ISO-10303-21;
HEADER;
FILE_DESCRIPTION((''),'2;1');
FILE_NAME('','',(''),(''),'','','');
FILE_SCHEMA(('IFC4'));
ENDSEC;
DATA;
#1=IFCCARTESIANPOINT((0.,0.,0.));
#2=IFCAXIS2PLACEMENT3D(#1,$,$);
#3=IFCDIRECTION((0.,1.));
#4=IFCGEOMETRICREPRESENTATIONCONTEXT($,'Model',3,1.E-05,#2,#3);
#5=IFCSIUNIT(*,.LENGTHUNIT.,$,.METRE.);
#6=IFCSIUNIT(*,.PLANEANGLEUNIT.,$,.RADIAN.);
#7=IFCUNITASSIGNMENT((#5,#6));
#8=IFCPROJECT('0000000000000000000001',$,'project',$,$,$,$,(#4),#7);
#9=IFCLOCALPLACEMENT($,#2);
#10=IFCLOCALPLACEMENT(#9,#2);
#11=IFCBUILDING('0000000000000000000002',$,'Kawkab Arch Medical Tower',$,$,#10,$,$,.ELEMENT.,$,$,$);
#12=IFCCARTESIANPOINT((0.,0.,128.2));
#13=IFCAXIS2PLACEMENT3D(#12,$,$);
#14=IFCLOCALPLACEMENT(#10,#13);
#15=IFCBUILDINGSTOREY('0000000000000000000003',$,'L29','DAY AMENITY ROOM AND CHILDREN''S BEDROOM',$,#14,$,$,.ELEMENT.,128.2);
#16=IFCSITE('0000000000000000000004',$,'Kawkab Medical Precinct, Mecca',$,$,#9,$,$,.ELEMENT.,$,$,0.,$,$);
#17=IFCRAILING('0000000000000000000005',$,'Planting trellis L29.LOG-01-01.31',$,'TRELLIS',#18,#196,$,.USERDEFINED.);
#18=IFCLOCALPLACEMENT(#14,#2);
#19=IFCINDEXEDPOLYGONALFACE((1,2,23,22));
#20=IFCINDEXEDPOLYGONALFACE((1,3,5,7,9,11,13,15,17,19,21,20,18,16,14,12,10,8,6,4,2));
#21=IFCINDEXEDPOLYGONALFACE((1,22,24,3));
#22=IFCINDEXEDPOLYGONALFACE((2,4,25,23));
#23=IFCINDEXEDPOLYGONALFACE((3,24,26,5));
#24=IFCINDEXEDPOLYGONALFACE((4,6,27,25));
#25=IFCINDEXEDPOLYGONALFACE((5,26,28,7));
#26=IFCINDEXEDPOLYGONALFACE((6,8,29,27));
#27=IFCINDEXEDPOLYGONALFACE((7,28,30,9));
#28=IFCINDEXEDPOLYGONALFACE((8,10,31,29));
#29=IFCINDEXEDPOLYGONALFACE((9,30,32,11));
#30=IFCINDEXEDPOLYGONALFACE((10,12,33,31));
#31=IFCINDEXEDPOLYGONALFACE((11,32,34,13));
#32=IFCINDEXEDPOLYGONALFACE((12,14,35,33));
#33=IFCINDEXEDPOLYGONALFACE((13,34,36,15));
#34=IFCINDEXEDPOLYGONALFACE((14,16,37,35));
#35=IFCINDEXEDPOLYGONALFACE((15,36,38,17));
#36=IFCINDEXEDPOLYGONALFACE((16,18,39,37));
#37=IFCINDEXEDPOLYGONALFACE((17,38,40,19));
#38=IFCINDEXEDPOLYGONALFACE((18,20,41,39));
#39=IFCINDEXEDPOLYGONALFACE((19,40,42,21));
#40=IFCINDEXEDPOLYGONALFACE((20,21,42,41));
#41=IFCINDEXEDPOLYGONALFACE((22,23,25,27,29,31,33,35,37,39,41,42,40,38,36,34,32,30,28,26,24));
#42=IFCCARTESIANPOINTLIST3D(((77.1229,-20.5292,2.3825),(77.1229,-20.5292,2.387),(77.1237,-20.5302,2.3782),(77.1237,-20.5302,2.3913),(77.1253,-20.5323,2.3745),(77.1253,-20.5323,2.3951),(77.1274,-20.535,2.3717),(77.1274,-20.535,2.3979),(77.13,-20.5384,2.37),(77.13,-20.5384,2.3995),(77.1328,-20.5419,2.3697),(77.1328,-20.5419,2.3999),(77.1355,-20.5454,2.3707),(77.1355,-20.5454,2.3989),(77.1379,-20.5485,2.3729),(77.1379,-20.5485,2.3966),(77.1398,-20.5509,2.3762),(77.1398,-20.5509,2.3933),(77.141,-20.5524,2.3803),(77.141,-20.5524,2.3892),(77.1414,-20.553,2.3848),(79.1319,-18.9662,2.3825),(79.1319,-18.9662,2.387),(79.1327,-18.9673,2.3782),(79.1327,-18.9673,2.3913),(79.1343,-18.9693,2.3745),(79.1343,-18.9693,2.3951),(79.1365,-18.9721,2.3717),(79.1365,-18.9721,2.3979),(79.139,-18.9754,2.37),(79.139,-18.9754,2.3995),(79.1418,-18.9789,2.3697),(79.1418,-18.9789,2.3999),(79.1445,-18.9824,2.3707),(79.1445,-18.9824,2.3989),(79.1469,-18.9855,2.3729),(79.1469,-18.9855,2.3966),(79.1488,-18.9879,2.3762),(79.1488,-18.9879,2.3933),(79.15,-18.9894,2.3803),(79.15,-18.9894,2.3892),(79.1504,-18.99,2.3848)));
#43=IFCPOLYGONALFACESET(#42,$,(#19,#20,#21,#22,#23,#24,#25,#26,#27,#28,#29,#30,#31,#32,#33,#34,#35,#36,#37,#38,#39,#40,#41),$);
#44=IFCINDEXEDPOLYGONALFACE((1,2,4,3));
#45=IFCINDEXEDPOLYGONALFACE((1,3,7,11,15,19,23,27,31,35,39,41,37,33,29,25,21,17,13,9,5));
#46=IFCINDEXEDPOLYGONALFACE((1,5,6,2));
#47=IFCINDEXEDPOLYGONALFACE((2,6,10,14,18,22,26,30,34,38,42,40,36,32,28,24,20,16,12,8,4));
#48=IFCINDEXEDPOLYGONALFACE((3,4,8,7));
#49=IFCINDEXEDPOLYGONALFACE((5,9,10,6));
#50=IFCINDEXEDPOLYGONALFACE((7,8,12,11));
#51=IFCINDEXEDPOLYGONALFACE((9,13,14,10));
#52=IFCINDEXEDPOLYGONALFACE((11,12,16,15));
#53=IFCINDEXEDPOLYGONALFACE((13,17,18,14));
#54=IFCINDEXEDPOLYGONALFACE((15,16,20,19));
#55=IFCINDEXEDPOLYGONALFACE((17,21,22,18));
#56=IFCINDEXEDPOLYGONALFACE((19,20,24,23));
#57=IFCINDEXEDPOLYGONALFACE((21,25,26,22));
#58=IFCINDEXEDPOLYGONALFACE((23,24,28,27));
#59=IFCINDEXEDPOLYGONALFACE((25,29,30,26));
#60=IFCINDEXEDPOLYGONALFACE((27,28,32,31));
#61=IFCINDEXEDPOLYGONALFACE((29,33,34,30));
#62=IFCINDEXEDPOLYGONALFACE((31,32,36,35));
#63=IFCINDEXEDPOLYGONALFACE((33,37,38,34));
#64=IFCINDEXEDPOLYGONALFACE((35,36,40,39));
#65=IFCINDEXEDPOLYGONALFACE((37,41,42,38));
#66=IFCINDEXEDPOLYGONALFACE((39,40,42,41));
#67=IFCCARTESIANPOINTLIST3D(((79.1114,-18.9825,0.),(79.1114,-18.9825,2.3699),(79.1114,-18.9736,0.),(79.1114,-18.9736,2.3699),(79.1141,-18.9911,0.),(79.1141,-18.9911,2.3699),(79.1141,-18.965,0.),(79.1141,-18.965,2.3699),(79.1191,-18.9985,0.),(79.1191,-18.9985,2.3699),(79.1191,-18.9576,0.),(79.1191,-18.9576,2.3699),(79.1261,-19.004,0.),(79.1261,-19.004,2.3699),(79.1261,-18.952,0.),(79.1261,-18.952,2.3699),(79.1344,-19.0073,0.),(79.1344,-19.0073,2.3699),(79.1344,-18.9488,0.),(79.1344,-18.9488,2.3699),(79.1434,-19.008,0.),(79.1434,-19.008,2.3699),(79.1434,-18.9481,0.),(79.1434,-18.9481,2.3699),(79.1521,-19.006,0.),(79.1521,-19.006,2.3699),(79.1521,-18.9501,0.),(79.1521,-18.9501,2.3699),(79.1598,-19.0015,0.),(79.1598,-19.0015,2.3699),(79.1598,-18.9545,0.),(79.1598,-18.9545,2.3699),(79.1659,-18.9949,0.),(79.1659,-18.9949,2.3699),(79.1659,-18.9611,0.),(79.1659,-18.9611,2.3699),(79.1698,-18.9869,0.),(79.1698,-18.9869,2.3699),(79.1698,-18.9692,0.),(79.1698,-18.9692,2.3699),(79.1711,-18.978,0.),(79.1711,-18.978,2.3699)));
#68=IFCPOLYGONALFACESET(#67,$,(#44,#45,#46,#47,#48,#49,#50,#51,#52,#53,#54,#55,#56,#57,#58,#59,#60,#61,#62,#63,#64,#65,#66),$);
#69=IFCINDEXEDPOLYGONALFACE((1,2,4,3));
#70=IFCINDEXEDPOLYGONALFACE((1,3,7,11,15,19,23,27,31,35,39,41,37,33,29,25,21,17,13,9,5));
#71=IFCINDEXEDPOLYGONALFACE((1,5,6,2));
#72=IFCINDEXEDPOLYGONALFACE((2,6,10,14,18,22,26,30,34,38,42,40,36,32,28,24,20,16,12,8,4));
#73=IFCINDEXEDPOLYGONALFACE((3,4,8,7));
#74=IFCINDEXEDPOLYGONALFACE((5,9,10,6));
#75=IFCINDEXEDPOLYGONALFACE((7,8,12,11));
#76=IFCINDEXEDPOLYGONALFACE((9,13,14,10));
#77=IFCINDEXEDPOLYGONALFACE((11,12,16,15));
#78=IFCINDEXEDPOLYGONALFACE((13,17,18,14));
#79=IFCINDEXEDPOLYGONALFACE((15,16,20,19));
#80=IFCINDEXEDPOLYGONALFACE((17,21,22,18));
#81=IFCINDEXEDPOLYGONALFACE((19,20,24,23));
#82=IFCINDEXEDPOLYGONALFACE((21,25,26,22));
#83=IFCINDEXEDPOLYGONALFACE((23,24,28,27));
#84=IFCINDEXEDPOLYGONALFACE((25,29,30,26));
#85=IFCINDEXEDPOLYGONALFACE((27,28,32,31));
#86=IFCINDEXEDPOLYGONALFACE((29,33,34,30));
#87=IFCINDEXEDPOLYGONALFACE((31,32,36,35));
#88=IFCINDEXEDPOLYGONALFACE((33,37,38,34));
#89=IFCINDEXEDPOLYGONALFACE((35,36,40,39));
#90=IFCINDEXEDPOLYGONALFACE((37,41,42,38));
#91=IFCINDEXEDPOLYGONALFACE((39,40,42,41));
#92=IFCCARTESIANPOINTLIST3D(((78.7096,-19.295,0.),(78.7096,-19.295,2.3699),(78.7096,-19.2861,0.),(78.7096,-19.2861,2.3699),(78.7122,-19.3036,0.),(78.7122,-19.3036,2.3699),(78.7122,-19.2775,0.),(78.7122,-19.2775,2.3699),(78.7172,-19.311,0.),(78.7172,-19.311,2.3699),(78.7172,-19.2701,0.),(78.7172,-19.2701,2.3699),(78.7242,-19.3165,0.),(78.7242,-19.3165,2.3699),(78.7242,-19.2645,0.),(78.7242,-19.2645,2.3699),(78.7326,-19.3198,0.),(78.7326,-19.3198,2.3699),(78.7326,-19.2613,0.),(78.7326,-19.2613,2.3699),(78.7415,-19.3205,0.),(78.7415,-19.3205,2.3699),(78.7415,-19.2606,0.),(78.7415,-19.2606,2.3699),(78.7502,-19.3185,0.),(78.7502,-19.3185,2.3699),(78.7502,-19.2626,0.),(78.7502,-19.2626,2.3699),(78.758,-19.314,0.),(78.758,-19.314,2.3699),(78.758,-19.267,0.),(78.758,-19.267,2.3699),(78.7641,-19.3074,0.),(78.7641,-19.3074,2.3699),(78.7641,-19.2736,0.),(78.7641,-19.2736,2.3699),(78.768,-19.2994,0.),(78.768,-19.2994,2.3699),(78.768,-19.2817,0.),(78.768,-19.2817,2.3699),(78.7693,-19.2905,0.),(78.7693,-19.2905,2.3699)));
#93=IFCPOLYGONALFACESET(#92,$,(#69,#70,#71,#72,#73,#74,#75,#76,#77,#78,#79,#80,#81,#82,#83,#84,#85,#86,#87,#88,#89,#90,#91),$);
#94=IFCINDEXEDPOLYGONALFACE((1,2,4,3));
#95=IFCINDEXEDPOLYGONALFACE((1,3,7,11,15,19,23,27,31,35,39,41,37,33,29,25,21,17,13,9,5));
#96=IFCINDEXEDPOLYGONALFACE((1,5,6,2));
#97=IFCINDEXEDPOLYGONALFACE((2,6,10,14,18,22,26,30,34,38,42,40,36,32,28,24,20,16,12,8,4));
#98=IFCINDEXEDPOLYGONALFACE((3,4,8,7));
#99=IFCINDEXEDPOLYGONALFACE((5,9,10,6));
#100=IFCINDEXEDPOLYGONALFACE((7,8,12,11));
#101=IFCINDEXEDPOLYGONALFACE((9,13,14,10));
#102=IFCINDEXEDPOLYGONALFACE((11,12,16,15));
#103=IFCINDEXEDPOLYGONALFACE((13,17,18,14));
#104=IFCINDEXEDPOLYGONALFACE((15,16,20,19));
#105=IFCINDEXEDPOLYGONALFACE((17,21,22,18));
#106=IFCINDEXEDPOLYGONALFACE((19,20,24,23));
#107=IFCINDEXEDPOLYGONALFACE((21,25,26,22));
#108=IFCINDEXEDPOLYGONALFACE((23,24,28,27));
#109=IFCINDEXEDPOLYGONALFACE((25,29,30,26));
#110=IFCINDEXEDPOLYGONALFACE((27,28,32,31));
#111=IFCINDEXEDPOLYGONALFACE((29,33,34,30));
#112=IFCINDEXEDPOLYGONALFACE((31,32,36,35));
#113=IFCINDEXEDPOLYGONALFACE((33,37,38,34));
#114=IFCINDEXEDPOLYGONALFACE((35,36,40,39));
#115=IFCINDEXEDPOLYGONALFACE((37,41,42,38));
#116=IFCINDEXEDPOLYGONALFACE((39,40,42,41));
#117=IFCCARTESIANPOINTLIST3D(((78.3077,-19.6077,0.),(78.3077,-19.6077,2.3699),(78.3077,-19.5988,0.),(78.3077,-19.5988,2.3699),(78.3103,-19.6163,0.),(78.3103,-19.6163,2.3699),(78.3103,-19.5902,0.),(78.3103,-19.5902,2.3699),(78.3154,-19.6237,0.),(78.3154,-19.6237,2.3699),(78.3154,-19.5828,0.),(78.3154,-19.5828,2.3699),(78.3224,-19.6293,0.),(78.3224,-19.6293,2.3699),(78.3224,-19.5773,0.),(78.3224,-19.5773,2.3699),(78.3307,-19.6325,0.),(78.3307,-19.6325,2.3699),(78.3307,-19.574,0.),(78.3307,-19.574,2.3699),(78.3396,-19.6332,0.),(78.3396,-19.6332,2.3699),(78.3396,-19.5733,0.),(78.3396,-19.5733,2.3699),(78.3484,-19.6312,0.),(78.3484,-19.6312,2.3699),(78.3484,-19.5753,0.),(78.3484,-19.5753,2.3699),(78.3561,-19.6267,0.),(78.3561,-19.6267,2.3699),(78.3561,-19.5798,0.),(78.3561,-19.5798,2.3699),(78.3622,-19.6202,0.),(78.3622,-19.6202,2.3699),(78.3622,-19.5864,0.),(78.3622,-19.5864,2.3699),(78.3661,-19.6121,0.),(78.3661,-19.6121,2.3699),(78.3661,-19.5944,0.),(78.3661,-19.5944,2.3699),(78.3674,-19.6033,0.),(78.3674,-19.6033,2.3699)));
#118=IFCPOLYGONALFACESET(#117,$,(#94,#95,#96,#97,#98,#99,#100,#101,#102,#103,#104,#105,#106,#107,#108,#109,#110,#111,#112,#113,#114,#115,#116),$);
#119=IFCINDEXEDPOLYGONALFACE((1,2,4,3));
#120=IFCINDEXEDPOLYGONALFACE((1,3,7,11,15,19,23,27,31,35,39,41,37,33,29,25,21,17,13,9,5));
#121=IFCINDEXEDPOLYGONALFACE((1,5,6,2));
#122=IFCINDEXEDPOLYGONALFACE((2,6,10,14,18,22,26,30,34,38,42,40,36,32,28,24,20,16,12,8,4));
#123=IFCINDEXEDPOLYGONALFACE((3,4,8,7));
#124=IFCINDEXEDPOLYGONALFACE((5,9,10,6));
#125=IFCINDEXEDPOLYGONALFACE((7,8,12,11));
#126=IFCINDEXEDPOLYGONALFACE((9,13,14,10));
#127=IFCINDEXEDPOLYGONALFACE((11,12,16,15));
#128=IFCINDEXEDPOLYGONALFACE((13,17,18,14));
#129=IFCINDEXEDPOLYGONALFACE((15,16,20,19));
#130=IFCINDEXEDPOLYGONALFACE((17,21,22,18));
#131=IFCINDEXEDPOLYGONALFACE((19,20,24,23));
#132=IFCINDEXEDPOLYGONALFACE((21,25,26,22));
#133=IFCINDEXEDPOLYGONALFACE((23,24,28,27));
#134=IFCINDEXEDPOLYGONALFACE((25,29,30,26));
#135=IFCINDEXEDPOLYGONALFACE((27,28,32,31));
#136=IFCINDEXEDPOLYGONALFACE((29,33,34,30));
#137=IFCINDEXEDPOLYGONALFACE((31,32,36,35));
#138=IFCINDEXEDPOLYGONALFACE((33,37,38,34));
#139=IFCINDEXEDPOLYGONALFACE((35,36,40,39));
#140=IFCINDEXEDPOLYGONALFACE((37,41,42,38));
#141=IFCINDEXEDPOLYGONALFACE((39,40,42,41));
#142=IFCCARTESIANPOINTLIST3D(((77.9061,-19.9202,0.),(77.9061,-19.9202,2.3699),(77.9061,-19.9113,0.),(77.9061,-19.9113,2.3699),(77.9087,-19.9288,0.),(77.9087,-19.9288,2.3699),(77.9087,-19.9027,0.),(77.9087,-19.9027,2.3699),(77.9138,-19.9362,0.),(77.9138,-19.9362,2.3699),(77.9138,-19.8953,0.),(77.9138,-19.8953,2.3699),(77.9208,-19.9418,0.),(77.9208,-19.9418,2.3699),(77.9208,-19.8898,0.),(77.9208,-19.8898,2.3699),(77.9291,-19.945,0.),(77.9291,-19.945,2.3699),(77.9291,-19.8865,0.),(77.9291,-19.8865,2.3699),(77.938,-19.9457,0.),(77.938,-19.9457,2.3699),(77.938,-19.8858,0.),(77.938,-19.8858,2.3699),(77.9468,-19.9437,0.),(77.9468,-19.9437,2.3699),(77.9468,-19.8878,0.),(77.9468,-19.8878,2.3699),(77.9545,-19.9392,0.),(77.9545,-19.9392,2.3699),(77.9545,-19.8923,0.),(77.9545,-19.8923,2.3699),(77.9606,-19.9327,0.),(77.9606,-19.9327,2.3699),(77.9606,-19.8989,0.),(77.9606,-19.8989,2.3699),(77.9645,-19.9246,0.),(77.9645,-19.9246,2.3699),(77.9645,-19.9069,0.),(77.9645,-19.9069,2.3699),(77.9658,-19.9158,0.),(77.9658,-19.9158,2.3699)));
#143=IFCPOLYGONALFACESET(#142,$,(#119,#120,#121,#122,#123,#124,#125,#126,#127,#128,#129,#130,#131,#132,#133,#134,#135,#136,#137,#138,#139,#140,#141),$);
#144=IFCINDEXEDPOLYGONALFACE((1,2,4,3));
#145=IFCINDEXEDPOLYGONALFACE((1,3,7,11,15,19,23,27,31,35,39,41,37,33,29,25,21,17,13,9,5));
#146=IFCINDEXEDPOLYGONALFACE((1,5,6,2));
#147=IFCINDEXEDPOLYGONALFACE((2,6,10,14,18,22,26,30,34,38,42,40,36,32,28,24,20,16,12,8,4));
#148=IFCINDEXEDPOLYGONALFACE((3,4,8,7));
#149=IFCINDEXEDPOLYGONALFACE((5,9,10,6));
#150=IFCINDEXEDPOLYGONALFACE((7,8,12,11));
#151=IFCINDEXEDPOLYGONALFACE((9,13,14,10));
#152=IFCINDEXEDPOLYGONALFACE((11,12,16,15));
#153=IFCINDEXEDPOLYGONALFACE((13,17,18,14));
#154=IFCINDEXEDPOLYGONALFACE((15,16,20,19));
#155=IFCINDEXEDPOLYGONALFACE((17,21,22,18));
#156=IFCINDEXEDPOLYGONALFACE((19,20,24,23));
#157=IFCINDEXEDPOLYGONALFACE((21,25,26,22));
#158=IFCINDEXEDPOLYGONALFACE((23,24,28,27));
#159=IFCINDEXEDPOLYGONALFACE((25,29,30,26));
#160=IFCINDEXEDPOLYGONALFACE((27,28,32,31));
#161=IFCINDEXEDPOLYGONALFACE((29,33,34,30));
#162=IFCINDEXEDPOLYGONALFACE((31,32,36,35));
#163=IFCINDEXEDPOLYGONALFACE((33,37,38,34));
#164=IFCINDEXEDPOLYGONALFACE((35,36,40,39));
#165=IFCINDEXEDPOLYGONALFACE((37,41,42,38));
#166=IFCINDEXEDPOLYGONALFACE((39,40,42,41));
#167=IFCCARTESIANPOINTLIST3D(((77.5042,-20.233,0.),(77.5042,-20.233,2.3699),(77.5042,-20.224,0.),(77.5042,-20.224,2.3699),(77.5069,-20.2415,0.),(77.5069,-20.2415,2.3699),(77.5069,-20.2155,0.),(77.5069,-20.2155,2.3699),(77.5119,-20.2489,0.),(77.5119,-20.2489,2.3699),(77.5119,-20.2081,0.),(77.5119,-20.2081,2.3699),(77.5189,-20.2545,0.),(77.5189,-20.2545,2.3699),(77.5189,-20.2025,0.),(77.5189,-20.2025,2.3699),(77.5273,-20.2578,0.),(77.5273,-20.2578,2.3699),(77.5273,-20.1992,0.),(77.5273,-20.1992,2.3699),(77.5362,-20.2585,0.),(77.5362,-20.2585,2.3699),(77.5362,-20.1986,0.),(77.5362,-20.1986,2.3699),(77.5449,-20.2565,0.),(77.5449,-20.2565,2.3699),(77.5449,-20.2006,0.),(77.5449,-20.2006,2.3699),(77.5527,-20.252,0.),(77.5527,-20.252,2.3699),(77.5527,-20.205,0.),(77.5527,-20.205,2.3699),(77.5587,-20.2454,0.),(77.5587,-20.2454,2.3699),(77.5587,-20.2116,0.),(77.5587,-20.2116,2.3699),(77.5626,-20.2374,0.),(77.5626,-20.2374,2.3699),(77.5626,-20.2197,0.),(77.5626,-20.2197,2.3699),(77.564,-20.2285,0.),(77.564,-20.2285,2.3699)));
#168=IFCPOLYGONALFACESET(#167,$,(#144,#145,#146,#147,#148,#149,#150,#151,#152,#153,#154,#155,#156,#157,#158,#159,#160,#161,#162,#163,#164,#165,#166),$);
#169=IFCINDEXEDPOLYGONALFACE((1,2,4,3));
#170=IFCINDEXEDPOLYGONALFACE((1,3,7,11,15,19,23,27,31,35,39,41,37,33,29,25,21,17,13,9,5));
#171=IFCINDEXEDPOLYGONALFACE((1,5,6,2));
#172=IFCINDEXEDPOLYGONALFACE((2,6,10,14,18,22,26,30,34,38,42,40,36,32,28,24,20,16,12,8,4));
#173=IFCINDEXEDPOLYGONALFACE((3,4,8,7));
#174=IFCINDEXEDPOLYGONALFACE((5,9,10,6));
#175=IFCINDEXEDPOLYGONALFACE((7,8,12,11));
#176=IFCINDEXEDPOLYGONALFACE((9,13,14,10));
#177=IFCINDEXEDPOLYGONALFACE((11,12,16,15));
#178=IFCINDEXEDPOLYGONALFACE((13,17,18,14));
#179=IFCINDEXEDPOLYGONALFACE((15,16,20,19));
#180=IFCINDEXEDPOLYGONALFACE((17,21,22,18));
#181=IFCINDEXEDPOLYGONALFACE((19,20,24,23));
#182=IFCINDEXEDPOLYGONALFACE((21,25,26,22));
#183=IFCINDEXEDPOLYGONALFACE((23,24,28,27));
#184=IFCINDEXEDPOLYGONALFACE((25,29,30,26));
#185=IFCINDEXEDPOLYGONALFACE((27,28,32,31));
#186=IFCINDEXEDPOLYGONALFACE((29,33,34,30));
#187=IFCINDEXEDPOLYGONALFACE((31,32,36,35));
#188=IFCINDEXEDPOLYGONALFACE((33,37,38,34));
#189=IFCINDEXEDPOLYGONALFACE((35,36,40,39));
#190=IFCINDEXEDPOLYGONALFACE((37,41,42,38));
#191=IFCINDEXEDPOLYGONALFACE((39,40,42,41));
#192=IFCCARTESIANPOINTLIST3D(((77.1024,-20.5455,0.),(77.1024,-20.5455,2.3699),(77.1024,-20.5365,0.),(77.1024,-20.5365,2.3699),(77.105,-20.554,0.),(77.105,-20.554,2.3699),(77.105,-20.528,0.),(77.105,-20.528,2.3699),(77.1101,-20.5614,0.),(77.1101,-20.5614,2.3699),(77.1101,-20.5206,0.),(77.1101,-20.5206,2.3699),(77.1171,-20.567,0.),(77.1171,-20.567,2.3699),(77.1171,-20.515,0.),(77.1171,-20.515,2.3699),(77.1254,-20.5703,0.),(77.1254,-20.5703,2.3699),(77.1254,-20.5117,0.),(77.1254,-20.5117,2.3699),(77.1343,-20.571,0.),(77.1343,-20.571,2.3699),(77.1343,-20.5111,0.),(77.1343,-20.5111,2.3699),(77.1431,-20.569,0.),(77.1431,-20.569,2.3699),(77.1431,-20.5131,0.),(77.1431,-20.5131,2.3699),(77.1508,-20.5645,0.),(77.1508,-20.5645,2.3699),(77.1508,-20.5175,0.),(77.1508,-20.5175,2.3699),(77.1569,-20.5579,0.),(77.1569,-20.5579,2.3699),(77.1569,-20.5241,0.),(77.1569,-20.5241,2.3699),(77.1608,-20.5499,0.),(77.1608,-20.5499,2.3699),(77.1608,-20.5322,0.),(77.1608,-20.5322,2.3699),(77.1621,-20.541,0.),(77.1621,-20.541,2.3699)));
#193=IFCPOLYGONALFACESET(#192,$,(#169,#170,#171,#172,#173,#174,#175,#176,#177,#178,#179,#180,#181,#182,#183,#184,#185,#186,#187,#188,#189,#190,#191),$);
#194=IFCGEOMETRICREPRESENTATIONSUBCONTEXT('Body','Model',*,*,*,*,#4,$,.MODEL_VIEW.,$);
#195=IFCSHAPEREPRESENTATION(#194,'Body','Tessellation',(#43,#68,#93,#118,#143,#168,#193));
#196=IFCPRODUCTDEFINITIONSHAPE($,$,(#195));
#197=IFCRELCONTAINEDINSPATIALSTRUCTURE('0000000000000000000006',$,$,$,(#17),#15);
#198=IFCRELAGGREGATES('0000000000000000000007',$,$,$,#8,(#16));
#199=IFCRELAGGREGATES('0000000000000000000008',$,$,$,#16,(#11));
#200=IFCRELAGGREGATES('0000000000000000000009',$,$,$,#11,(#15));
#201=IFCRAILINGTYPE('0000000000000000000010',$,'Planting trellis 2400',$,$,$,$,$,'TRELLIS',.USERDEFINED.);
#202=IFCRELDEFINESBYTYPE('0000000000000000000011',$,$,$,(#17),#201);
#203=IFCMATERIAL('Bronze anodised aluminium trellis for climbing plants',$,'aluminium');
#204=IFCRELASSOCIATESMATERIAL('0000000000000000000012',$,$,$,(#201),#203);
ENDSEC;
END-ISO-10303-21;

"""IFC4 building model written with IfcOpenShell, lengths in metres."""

from ifc_helpers import new_model, si_unit, direction, frame, origin, origin_2d, place, context, subcontext, project, spatial, circle, extrude, material, type_object, element, save


model = new_model("IFC4")

# Units and contexts
model_context = context("Model", 3, precision=1e-05, world=origin(), true_north=direction((0.0, 1.0)))
body_context = subcontext(model_context, "Body", "Model", "MODEL_VIEW")
ifc_project = project(units=[si_unit("LENGTHUNIT", "METRE"), si_unit("PLANEANGLEUNIT", "RADIAN")], contexts=[model_context])

# Site, building, storey
site_placement = place(None, origin())
site = spatial("IfcSite", under=ifc_project, at=site_placement, Name="Kawkab Medical Precinct, Mecca", CompositionType="ELEMENT", RefElevation=0.0)
building_placement = place(site_placement, origin())
building = spatial("IfcBuilding", under=site, at=building_placement, Name="Kawkab Arch Medical Tower", CompositionType="ELEMENT")
storey_placement = place(building_placement, frame((0.0, 0.0, 128.2)))
storey = spatial("IfcBuildingStorey", under=building, at=storey_placement, Name="L29", Description="DAY AMENITY ROOM AND CHILDREN'S BEDROOM", CompositionType="ELEMENT", Elevation=128.2)

# Railing
ifc_material_1 = material(Name="Bronze anodised aluminium trellis for climbing plants", Category="aluminium")
railing_type = type_object("IfcRailingType", Name="Planting trellis 2400", ElementType="TRELLIS", PredefinedType="USERDEFINED", material=ifc_material_1)
railing_1_placement = place(storey_placement, frame((79.1411, -18.978, 0.0)))
element("IfcRailing", 1, at=railing_1_placement, inside=storey, type_object=railing_type, Name="Planting trellis L29.LOG-01-01.31", ObjectType="TRELLIS", PredefinedType="USERDEFINED", context=body_context, shape_type="SweptSolid", body=[
    extrude(circle(Radius=0.0151, at=origin_2d()), frame((0.0, 0.0, 2.3848), z_axis=(-0.789275, -0.61404, 0.0), x_axis=(0.61404, -0.789275, 0.0)), (0.0, 0.0, 1.0), 2.5454),
    extrude(circle(Radius=0.03, at=origin_2d()), origin(), (0.0, 0.0, 1.0), 2.3699),
    extrude(circle(Radius=0.03, at=origin_2d()), frame((-0.4019, -0.3125, 0.0)), (0.0, 0.0, 1.0), 2.3699),
    extrude(circle(Radius=0.03, at=origin_2d()), frame((-0.8037, -0.6252, 0.0)), (0.0, 0.0, 1.0), 2.3699),
    extrude(circle(Radius=0.03, at=origin_2d()), frame((-1.2053, -0.9377, 0.0)), (0.0, 0.0, 1.0), 2.3699),
    extrude(circle(Radius=0.03, at=origin_2d()), frame((-1.6072, -1.2505, 0.0)), (0.0, 0.0, 1.0), 2.3699),
    extrude(circle(Radius=0.03, at=origin_2d()), frame((-2.009, -1.563, 0.0)), (0.0, 0.0, 1.0), 2.3699),
])

save(model, "model.ifc")
